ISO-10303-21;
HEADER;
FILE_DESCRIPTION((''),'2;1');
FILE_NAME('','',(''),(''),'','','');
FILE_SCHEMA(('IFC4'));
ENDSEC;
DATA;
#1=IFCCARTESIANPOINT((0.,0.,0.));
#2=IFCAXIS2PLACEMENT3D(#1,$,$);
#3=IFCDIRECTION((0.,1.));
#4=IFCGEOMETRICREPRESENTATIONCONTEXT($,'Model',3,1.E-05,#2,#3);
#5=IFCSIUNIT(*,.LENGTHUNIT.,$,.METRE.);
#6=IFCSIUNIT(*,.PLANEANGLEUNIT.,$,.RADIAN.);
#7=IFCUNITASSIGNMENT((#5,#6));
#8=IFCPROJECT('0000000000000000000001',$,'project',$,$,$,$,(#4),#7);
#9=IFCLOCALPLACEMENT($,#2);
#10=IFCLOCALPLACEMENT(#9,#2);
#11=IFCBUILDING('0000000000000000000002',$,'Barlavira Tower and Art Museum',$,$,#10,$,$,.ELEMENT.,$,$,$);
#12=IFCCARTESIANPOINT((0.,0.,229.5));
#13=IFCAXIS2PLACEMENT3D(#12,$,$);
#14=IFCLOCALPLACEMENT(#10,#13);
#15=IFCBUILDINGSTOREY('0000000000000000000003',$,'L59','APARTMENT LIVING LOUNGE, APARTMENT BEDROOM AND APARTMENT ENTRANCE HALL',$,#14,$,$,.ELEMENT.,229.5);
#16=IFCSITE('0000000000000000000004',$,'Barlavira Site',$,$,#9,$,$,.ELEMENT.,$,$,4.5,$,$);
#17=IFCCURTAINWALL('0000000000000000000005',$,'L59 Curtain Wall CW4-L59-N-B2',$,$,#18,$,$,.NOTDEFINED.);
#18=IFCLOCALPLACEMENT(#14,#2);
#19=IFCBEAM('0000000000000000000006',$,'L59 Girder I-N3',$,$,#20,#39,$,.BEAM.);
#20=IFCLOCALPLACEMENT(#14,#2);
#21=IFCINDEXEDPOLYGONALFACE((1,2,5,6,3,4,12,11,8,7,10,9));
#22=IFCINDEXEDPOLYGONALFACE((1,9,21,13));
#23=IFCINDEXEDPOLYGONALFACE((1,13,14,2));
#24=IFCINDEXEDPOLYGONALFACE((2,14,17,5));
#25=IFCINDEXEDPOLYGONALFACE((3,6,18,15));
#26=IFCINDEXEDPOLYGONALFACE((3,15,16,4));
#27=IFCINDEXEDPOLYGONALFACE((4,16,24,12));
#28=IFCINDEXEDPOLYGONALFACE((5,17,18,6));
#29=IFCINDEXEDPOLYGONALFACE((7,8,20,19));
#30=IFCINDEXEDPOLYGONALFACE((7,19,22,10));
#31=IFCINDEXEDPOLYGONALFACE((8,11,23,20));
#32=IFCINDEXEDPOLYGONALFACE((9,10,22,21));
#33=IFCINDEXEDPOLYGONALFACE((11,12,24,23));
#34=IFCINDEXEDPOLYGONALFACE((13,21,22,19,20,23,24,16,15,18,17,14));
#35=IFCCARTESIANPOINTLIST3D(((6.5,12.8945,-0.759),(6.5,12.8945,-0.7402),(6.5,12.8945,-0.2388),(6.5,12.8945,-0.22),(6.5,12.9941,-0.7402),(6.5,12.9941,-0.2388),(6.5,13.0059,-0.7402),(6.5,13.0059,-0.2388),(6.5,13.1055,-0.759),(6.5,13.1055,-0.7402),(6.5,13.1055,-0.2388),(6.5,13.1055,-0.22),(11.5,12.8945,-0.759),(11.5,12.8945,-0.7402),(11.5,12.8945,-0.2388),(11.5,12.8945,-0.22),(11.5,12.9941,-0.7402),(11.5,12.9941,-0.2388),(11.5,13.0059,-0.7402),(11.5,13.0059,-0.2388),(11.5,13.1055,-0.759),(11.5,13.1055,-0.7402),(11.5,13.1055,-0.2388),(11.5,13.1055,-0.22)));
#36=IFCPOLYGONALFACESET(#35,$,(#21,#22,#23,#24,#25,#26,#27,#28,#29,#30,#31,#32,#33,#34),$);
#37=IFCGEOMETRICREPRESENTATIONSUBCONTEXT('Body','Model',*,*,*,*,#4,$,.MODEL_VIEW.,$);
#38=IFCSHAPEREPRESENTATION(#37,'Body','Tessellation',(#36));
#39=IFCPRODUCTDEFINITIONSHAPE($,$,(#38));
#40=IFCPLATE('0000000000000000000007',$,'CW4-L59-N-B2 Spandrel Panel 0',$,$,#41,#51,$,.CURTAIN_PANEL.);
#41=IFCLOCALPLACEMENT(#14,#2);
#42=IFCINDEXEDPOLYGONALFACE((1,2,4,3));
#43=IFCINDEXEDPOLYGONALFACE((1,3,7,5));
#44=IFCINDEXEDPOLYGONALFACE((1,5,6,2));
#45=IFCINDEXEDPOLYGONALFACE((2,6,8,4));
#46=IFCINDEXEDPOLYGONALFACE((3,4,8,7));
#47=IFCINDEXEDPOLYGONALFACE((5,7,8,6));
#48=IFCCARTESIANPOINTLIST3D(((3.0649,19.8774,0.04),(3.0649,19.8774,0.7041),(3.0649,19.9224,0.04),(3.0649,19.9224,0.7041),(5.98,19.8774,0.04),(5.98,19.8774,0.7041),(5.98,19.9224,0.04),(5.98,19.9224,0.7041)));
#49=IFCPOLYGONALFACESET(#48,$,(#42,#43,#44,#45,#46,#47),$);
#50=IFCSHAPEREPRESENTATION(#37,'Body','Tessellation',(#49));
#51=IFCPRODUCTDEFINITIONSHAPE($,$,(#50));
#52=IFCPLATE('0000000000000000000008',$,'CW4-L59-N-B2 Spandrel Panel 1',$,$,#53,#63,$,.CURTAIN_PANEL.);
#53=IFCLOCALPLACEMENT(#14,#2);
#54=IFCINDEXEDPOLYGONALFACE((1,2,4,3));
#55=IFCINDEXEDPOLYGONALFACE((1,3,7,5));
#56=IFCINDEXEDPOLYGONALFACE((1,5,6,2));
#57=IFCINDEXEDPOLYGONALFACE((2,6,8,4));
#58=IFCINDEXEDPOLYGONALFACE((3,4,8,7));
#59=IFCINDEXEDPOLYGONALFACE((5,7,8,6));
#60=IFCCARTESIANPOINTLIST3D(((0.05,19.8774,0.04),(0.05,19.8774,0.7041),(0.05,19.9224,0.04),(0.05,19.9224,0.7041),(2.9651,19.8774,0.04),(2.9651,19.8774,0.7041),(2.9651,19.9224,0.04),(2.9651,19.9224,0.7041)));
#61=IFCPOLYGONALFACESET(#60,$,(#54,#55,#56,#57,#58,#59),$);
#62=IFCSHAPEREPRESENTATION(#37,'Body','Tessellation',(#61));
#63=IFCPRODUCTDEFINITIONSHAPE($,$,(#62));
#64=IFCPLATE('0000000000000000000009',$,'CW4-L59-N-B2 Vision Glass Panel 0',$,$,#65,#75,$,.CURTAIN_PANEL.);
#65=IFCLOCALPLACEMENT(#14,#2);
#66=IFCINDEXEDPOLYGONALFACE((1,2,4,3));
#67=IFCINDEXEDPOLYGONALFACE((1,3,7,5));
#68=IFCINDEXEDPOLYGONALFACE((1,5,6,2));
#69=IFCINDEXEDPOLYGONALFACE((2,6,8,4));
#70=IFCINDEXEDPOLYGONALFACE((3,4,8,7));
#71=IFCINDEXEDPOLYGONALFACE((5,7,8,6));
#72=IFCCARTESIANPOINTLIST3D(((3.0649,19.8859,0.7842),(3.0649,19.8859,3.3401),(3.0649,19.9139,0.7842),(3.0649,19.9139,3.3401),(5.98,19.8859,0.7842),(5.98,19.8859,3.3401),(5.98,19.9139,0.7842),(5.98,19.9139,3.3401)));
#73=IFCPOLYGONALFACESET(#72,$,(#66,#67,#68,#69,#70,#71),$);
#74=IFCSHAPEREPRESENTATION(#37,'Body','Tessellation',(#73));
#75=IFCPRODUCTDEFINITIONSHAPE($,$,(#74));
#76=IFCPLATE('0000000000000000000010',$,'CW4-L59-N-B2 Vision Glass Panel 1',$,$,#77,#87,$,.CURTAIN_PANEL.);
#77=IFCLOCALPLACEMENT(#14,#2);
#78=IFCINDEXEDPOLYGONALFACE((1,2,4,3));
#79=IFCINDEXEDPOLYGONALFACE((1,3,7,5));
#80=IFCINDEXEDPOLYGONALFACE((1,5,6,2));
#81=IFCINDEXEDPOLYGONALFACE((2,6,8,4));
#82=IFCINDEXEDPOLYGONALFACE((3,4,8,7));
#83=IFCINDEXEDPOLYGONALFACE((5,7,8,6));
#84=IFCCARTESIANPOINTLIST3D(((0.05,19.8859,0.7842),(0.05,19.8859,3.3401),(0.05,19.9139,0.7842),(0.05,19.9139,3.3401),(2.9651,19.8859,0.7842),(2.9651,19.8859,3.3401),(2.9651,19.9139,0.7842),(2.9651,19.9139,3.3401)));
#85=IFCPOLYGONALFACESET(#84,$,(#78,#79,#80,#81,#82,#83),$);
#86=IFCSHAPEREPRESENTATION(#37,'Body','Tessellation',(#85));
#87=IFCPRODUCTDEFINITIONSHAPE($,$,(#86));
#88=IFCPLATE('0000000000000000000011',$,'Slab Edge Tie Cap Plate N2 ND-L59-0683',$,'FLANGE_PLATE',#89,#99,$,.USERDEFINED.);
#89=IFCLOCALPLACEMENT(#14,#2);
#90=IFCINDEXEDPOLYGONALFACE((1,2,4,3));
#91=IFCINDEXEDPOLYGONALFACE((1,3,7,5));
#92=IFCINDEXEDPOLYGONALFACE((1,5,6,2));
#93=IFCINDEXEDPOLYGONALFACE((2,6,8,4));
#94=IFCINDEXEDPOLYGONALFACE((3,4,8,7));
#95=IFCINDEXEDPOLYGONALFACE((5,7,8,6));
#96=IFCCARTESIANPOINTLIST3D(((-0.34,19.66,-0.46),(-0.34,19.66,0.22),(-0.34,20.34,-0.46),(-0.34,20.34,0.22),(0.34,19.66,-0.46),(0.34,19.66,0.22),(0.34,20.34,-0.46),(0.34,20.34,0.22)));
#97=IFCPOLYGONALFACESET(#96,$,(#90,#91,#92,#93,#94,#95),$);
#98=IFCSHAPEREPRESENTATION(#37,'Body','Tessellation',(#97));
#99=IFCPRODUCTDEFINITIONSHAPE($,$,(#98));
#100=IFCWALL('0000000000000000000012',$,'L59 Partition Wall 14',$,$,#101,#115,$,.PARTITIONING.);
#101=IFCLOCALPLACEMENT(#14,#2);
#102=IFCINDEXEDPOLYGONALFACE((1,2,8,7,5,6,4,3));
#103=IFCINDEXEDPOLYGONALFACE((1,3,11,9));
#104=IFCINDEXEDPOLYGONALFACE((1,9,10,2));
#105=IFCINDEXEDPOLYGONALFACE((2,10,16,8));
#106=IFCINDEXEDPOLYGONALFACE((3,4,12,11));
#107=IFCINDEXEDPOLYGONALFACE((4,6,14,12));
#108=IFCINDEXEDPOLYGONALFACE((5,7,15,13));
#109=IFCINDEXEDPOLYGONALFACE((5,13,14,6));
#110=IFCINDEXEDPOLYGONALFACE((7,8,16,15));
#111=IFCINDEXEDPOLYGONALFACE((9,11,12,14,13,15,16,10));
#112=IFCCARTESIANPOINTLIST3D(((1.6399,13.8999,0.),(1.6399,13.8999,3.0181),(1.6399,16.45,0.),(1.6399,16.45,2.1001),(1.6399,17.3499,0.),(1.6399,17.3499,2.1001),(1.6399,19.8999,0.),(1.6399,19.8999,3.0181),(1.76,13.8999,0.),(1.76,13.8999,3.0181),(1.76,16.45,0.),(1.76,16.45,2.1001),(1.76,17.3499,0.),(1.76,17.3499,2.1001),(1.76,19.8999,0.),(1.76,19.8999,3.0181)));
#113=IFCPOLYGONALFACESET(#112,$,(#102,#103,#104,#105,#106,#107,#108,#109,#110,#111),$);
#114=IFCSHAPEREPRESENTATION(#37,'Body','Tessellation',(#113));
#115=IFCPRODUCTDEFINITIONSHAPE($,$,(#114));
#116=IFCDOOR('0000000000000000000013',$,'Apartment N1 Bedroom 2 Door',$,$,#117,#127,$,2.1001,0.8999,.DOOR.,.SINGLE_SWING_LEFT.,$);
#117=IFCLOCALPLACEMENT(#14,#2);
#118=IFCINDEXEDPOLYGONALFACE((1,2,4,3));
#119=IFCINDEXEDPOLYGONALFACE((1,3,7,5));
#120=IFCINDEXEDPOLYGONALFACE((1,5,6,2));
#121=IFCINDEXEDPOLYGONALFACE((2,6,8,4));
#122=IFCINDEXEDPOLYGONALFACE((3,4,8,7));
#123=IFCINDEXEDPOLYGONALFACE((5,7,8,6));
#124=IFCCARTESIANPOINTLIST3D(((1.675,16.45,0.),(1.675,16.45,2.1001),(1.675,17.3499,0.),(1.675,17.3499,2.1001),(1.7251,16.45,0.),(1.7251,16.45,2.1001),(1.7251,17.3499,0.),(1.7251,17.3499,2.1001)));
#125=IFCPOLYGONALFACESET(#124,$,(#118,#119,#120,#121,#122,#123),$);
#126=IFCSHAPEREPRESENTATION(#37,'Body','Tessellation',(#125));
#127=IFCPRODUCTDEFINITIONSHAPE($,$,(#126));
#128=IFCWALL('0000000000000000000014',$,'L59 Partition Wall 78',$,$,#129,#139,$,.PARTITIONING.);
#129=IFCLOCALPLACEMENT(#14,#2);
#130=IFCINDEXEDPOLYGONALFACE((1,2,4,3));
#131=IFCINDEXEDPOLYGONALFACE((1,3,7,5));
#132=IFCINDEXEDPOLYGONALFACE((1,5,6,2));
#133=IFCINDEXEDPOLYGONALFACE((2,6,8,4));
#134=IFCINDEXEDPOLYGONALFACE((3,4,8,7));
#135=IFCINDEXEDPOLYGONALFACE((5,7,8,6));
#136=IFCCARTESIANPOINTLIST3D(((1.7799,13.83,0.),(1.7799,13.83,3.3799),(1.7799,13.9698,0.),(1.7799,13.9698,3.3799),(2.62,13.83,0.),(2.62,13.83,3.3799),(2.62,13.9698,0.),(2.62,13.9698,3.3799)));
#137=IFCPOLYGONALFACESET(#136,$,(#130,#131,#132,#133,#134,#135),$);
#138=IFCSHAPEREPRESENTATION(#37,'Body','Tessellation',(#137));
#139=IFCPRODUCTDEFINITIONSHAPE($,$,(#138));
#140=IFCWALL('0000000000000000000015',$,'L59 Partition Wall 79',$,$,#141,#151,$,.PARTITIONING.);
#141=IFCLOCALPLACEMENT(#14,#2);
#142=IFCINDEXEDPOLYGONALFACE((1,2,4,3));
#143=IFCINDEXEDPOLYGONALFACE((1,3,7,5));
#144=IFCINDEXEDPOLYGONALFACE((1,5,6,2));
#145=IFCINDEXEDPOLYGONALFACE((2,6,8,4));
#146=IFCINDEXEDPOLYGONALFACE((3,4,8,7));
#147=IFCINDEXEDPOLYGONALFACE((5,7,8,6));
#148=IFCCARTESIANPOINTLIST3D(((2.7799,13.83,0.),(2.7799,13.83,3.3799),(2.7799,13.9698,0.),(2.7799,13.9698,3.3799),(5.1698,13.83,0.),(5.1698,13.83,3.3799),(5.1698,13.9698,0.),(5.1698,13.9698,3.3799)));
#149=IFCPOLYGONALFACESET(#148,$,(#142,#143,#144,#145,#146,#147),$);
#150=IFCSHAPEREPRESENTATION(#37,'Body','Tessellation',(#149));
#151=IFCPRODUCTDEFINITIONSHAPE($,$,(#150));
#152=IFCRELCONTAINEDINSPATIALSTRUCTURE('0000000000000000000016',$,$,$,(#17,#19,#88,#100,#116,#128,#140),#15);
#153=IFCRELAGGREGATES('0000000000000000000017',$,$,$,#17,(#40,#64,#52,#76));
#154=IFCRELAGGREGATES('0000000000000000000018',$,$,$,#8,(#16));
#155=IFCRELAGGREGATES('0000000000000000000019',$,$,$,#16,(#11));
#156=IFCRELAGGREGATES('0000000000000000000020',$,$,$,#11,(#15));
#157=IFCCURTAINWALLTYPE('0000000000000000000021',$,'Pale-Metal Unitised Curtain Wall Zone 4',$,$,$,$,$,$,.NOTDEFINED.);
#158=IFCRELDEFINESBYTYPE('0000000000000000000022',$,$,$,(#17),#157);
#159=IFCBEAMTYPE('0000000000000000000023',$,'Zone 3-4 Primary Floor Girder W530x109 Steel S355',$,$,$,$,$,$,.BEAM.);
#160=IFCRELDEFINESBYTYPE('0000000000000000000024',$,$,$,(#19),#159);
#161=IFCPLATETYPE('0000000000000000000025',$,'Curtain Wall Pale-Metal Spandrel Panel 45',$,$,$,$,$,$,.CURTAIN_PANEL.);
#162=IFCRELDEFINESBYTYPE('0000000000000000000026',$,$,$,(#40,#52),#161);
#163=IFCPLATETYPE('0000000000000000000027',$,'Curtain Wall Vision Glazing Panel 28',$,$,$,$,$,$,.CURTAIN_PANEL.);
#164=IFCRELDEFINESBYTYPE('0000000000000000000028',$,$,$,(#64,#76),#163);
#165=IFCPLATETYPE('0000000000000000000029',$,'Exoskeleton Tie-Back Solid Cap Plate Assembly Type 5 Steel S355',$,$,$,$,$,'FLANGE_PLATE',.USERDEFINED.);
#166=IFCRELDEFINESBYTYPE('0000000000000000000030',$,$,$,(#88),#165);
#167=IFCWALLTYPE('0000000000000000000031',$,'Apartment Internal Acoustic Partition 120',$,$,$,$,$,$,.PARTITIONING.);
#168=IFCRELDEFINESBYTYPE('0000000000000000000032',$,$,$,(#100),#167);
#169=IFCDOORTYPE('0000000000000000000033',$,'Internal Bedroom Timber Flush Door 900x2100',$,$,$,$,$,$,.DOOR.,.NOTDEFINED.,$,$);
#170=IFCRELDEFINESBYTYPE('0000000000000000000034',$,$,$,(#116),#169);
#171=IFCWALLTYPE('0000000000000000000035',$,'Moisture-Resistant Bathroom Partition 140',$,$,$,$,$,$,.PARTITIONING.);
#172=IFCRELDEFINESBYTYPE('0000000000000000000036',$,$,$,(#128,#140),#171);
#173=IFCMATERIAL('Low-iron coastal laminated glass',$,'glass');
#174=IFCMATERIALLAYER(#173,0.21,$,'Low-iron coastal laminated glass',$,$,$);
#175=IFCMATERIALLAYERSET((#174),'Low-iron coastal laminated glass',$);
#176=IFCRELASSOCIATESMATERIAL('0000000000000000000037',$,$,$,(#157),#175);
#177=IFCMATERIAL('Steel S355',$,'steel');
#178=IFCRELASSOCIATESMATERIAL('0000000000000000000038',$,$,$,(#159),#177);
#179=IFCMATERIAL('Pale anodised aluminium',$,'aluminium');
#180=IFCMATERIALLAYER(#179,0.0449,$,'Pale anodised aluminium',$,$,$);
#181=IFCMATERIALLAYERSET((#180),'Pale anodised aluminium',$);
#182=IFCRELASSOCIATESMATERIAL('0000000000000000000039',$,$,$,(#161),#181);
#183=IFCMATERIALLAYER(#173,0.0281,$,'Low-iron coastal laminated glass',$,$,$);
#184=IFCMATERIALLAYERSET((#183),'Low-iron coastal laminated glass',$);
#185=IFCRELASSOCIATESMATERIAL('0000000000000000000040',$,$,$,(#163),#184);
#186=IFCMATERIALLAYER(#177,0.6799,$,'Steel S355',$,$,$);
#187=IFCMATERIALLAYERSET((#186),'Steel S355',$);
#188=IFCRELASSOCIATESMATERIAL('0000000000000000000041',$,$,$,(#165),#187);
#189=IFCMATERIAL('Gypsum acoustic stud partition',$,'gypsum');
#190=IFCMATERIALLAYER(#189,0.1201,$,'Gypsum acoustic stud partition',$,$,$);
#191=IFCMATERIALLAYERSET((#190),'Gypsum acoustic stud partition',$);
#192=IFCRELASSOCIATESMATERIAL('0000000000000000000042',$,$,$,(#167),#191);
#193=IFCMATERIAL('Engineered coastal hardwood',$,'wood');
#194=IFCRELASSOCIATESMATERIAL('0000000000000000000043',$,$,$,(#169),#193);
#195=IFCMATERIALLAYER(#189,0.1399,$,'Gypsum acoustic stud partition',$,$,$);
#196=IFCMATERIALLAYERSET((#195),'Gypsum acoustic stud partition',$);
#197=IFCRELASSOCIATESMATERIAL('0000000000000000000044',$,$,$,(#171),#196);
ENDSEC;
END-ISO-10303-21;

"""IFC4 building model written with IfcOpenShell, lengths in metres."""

from ifc_helpers import new_model, si_unit, direction, frame, frame_2d, origin, origin_2d, place, context, subcontext, project, spatial, rectangle, i_section, extrude, material, layer, layer_set, material_profile, profile_set, type_object, element, fill, aggregate, save


model = new_model("IFC4")

# Units and contexts
model_context = context("Model", 3, precision=1e-05, world=origin(), true_north=direction((0.0, 1.0)))
body_context = subcontext(model_context, "Body", "Model", "MODEL_VIEW")
ifc_project = project(units=[si_unit("LENGTHUNIT", "METRE"), si_unit("PLANEANGLEUNIT", "RADIAN")], contexts=[model_context])

# Site, building, storey
site_placement = place(None, origin())
site = spatial("IfcSite", under=ifc_project, at=site_placement, Name="Barlavira Site", CompositionType="ELEMENT", RefElevation=4.5)
building_placement = place(site_placement, origin())
building = spatial("IfcBuilding", under=site, at=building_placement, Name="Barlavira Tower and Art Museum", CompositionType="ELEMENT")
storey_placement = place(building_placement, frame((0.0, 0.0, 229.5)))
storey = spatial("IfcBuildingStorey", under=building, at=storey_placement, Name="L59", Description="APARTMENT LIVING LOUNGE, APARTMENT BEDROOM AND APARTMENT ENTRANCE HALL", CompositionType="ELEMENT", Elevation=229.5)

# Curtain wall
ifc_material_1 = material(Name="Low-iron coastal laminated glass", Category="glass")
ifc_layer_1 = layer(ifc_material_1, 0.21, Name="Low-iron coastal laminated glass")
ifc_layer_set_1 = layer_set([ifc_layer_1], Name="Low-iron coastal laminated glass")
curtain_wall_type = type_object("IfcCurtainWallType", Name="Pale-Metal Unitised Curtain Wall Zone 4", PredefinedType="NOTDEFINED", material=ifc_layer_set_1)
curtain_wall_placement = place(storey_placement, origin())
curtain_wall = element("IfcCurtainWall", 1, at=curtain_wall_placement, inside=storey, type_object=curtain_wall_type, Name="L59 Curtain Wall CW4-L59-N-B2", PredefinedType="NOTDEFINED")
ifc_material_2 = material(Name="Pale anodised aluminium", Category="aluminium")

# Shared definitions
ifc_material_3 = material(Name="Steel S355", Category="steel")

# Beam
ifc_material_profile_1 = material_profile(ifc_material_3, i_section(OverallWidth=0.2109, OverallDepth=0.5391, WebThickness=0.0117, FlangeThickness=0.0188, at=origin_2d()), Name="W530x109.0")
ifc_profile_set_1 = profile_set([ifc_material_profile_1], Name="Steel S355")
beam_type = type_object("IfcBeamType", Name="Zone 3-4 Primary Floor Girder W530x109 Steel S355", PredefinedType="BEAM", material=ifc_profile_set_1)
beam_placement = place(storey_placement, frame((6.5, 13.0, -0.4895), z_axis=(1.0, 0.0, 0.0), x_axis=(0.0, 1.0, 0.0)))
element("IfcBeam", 2, at=beam_placement, inside=storey, type_object=beam_type, Name="L59 Girder I-N3", PredefinedType="BEAM", context=body_context, shape_type="SweptSolid", body=[
    extrude(i_section(OverallWidth=0.2109, OverallDepth=0.5391, WebThickness=0.0117, FlangeThickness=0.0188, at=origin_2d()), origin(), (0.0, 0.0, 1.0), 5.0),
])

# Plates
ifc_layer_2 = layer(ifc_material_2, 0.0449, Name="Pale anodised aluminium")
ifc_layer_set_2 = layer_set([ifc_layer_2], Name="Pale anodised aluminium")
plate_type_1 = type_object("IfcPlateType", Name="Curtain Wall Pale-Metal Spandrel Panel 45", PredefinedType="CURTAIN_PANEL", material=ifc_layer_set_2)
plate_1_placement = place(storey_placement, frame((4.5225, 19.8999, 0.04), z_axis=(0.0, 0.0, 1.0), x_axis=(-1.0, 0.0, 0.0)))
plate_1 = element("IfcPlate", 3, at=plate_1_placement, type_object=plate_type_1, Name="CW4-L59-N-B2 Spandrel Panel 0", PredefinedType="CURTAIN_PANEL", context=body_context, shape_type="SweptSolid", body=[
    extrude(rectangle(XDim=2.915, YDim=0.0449, at=origin_2d()), origin(), (0.0, 0.0, 1.0), 0.6641),
])
plate_2_placement = place(storey_placement, frame((1.5076, 19.8999, 0.04), z_axis=(0.0, 0.0, 1.0), x_axis=(-1.0, 0.0, 0.0)))
plate_2 = element("IfcPlate", 4, at=plate_2_placement, type_object=plate_type_1, Name="CW4-L59-N-B2 Spandrel Panel 1", PredefinedType="CURTAIN_PANEL", context=body_context, shape_type="SweptSolid", body=[
    extrude(rectangle(XDim=2.915, YDim=0.0449, at=origin_2d()), origin(), (0.0, 0.0, 1.0), 0.6641),
])
ifc_layer_3 = layer(ifc_material_1, 0.0281, Name="Low-iron coastal laminated glass")
ifc_layer_set_3 = layer_set([ifc_layer_3], Name="Low-iron coastal laminated glass")
plate_type_2 = type_object("IfcPlateType", Name="Curtain Wall Vision Glazing Panel 28", PredefinedType="CURTAIN_PANEL", material=ifc_layer_set_3)
plate_3_placement = place(storey_placement, frame((4.5225, 19.8999, 0.7842), z_axis=(0.0, 0.0, 1.0), x_axis=(-1.0, 0.0, 0.0)))
plate_3 = element("IfcPlate", 5, at=plate_3_placement, type_object=plate_type_2, Name="CW4-L59-N-B2 Vision Glass Panel 0", PredefinedType="CURTAIN_PANEL", context=body_context, shape_type="SweptSolid", body=[
    extrude(rectangle(XDim=2.915, YDim=0.0281, at=origin_2d()), origin(), (0.0, 0.0, 1.0), 2.5559),
])
plate_4_placement = place(storey_placement, frame((1.5076, 19.8999, 0.7842), z_axis=(0.0, 0.0, 1.0), x_axis=(-1.0, 0.0, 0.0)))
plate_4 = element("IfcPlate", 6, at=plate_4_placement, type_object=plate_type_2, Name="CW4-L59-N-B2 Vision Glass Panel 1", PredefinedType="CURTAIN_PANEL", context=body_context, shape_type="SweptSolid", body=[
    extrude(rectangle(XDim=2.915, YDim=0.0281, at=origin_2d()), origin(), (0.0, 0.0, 1.0), 2.5559),
])
aggregate(curtain_wall, [plate_1, plate_3, plate_2, plate_4])
ifc_layer_4 = layer(ifc_material_3, 0.6799, Name="Steel S355")
ifc_layer_set_4 = layer_set([ifc_layer_4], Name="Steel S355")
plate_type_3 = type_object("IfcPlateType", Name="Exoskeleton Tie-Back Solid Cap Plate Assembly Type 5 Steel S355", ElementType="FLANGE_PLATE", PredefinedType="USERDEFINED", material=ifc_layer_set_4)
plate_5_placement = place(storey_placement, frame((0.0, 20.0, -0.46), z_axis=(0.0, 0.0, 1.0), x_axis=(1.0, 0.0, 0.0)))
element("IfcPlate", 7, at=plate_5_placement, inside=storey, type_object=plate_type_3, Name="Slab Edge Tie Cap Plate N2 ND-L59-0683", ObjectType="FLANGE_PLATE", PredefinedType="USERDEFINED", context=body_context, shape_type="SweptSolid", body=[
    extrude(rectangle(XDim=0.6799, YDim=0.6799, at=origin_2d()), origin(), (0.0, 0.0, 1.0), 0.6799),
])

# Wall, opening, door
ifc_material_4 = material(Name="Gypsum acoustic stud partition", Category="gypsum")
ifc_layer_5 = layer(ifc_material_4, 0.1201, Name="Gypsum acoustic stud partition")
ifc_layer_set_5 = layer_set([ifc_layer_5], Name="Gypsum acoustic stud partition")
wall_type_1 = type_object("IfcWallType", Name="Apartment Internal Acoustic Partition 120", PredefinedType="PARTITIONING", material=ifc_layer_set_5)
wall_1_placement = place(storey_placement, frame((1.7, 13.8999, 0.0), z_axis=(0.0, 0.0, 1.0), x_axis=(0.0, 1.0, 0.0)))
wall_1 = element("IfcWall", 8, at=wall_1_placement, inside=storey, type_object=wall_type_1, Name="L59 Partition Wall 14", PredefinedType="PARTITIONING", context=body_context, shape_type="SweptSolid", body=[
    extrude(rectangle(XDim=6.0, YDim=0.1201, at=frame_2d((3.0, 0.0))), origin(), (0.0, 0.0, 1.0), 3.0181),
])
opening_1_placement = place(wall_1_placement, frame((2.55, 0.0, 0.0)))
opening_1 = element("IfcOpeningElement", 9, at=opening_1_placement, cuts=wall_1, PredefinedType="OPENING", context=body_context, shape_type="SweptSolid", body=[
    extrude(rectangle(XDim=0.8999, YDim=2.1001, at=frame_2d((0.45, 1.05))), frame((0.0, 0.0701, 0.0), z_axis=(0.0, -1.0, 0.0), x_axis=(1.0, 0.0, 0.0)), (0.0, 0.0, 1.0), 0.1401),
])
ifc_material_5 = material(Name="Engineered coastal hardwood", Category="wood")
door_type_1 = type_object("IfcDoorType", Name="Internal Bedroom Timber Flush Door 900x2100", OperationType="NOTDEFINED", PredefinedType="DOOR", material=ifc_material_5)
door_1_placement = place(opening_1_placement, origin())
door_1 = element("IfcDoor", 10, at=door_1_placement, inside=storey, type_object=door_type_1, Name="Apartment N1 Bedroom 2 Door", OperationType="SINGLE_SWING_LEFT", OverallHeight=2.1001, OverallWidth=0.8999, PredefinedType="DOOR", context=body_context, shape_type="SweptSolid", body=[
    extrude(rectangle(XDim=0.8999, YDim=2.1001, at=frame_2d((0.45, 1.05))), frame((0.0, 0.0249, 0.0), z_axis=(0.0, -1.0, 0.0), x_axis=(1.0, 0.0, 0.0)), (0.0, 0.0, 1.0), 0.05),
])
fill(opening_1, door_1)

# Walls
ifc_layer_6 = layer(ifc_material_4, 0.1399, Name="Gypsum acoustic stud partition")
ifc_layer_set_6 = layer_set([ifc_layer_6], Name="Gypsum acoustic stud partition")
wall_type_2 = type_object("IfcWallType", Name="Moisture-Resistant Bathroom Partition 140", PredefinedType="PARTITIONING", material=ifc_layer_set_6)
wall_2_placement = place(storey_placement, frame((1.78, 13.8999, 0.0), z_axis=(0.0, 0.0, 1.0), x_axis=(1.0, 0.0, 0.0)))
element("IfcWall", 11, at=wall_2_placement, inside=storey, type_object=wall_type_2, Name="L59 Partition Wall 78", PredefinedType="PARTITIONING", context=body_context, shape_type="SweptSolid", body=[
    extrude(rectangle(XDim=0.8401, YDim=0.1399, at=frame_2d((0.4199, 0.0))), origin(), (0.0, 0.0, 1.0), 3.3799),
])
wall_3_placement = place(storey_placement, frame((2.78, 13.8999, 0.0), z_axis=(0.0, 0.0, 1.0), x_axis=(1.0, 0.0, 0.0)))
element("IfcWall", 12, at=wall_3_placement, inside=storey, type_object=wall_type_2, Name="L59 Partition Wall 79", PredefinedType="PARTITIONING", context=body_context, shape_type="SweptSolid", body=[
    extrude(rectangle(XDim=2.3899, YDim=0.1399, at=frame_2d((1.1948, 0.0))), origin(), (0.0, 0.0, 1.0), 3.3799),
])

save(model, "model.ifc")
